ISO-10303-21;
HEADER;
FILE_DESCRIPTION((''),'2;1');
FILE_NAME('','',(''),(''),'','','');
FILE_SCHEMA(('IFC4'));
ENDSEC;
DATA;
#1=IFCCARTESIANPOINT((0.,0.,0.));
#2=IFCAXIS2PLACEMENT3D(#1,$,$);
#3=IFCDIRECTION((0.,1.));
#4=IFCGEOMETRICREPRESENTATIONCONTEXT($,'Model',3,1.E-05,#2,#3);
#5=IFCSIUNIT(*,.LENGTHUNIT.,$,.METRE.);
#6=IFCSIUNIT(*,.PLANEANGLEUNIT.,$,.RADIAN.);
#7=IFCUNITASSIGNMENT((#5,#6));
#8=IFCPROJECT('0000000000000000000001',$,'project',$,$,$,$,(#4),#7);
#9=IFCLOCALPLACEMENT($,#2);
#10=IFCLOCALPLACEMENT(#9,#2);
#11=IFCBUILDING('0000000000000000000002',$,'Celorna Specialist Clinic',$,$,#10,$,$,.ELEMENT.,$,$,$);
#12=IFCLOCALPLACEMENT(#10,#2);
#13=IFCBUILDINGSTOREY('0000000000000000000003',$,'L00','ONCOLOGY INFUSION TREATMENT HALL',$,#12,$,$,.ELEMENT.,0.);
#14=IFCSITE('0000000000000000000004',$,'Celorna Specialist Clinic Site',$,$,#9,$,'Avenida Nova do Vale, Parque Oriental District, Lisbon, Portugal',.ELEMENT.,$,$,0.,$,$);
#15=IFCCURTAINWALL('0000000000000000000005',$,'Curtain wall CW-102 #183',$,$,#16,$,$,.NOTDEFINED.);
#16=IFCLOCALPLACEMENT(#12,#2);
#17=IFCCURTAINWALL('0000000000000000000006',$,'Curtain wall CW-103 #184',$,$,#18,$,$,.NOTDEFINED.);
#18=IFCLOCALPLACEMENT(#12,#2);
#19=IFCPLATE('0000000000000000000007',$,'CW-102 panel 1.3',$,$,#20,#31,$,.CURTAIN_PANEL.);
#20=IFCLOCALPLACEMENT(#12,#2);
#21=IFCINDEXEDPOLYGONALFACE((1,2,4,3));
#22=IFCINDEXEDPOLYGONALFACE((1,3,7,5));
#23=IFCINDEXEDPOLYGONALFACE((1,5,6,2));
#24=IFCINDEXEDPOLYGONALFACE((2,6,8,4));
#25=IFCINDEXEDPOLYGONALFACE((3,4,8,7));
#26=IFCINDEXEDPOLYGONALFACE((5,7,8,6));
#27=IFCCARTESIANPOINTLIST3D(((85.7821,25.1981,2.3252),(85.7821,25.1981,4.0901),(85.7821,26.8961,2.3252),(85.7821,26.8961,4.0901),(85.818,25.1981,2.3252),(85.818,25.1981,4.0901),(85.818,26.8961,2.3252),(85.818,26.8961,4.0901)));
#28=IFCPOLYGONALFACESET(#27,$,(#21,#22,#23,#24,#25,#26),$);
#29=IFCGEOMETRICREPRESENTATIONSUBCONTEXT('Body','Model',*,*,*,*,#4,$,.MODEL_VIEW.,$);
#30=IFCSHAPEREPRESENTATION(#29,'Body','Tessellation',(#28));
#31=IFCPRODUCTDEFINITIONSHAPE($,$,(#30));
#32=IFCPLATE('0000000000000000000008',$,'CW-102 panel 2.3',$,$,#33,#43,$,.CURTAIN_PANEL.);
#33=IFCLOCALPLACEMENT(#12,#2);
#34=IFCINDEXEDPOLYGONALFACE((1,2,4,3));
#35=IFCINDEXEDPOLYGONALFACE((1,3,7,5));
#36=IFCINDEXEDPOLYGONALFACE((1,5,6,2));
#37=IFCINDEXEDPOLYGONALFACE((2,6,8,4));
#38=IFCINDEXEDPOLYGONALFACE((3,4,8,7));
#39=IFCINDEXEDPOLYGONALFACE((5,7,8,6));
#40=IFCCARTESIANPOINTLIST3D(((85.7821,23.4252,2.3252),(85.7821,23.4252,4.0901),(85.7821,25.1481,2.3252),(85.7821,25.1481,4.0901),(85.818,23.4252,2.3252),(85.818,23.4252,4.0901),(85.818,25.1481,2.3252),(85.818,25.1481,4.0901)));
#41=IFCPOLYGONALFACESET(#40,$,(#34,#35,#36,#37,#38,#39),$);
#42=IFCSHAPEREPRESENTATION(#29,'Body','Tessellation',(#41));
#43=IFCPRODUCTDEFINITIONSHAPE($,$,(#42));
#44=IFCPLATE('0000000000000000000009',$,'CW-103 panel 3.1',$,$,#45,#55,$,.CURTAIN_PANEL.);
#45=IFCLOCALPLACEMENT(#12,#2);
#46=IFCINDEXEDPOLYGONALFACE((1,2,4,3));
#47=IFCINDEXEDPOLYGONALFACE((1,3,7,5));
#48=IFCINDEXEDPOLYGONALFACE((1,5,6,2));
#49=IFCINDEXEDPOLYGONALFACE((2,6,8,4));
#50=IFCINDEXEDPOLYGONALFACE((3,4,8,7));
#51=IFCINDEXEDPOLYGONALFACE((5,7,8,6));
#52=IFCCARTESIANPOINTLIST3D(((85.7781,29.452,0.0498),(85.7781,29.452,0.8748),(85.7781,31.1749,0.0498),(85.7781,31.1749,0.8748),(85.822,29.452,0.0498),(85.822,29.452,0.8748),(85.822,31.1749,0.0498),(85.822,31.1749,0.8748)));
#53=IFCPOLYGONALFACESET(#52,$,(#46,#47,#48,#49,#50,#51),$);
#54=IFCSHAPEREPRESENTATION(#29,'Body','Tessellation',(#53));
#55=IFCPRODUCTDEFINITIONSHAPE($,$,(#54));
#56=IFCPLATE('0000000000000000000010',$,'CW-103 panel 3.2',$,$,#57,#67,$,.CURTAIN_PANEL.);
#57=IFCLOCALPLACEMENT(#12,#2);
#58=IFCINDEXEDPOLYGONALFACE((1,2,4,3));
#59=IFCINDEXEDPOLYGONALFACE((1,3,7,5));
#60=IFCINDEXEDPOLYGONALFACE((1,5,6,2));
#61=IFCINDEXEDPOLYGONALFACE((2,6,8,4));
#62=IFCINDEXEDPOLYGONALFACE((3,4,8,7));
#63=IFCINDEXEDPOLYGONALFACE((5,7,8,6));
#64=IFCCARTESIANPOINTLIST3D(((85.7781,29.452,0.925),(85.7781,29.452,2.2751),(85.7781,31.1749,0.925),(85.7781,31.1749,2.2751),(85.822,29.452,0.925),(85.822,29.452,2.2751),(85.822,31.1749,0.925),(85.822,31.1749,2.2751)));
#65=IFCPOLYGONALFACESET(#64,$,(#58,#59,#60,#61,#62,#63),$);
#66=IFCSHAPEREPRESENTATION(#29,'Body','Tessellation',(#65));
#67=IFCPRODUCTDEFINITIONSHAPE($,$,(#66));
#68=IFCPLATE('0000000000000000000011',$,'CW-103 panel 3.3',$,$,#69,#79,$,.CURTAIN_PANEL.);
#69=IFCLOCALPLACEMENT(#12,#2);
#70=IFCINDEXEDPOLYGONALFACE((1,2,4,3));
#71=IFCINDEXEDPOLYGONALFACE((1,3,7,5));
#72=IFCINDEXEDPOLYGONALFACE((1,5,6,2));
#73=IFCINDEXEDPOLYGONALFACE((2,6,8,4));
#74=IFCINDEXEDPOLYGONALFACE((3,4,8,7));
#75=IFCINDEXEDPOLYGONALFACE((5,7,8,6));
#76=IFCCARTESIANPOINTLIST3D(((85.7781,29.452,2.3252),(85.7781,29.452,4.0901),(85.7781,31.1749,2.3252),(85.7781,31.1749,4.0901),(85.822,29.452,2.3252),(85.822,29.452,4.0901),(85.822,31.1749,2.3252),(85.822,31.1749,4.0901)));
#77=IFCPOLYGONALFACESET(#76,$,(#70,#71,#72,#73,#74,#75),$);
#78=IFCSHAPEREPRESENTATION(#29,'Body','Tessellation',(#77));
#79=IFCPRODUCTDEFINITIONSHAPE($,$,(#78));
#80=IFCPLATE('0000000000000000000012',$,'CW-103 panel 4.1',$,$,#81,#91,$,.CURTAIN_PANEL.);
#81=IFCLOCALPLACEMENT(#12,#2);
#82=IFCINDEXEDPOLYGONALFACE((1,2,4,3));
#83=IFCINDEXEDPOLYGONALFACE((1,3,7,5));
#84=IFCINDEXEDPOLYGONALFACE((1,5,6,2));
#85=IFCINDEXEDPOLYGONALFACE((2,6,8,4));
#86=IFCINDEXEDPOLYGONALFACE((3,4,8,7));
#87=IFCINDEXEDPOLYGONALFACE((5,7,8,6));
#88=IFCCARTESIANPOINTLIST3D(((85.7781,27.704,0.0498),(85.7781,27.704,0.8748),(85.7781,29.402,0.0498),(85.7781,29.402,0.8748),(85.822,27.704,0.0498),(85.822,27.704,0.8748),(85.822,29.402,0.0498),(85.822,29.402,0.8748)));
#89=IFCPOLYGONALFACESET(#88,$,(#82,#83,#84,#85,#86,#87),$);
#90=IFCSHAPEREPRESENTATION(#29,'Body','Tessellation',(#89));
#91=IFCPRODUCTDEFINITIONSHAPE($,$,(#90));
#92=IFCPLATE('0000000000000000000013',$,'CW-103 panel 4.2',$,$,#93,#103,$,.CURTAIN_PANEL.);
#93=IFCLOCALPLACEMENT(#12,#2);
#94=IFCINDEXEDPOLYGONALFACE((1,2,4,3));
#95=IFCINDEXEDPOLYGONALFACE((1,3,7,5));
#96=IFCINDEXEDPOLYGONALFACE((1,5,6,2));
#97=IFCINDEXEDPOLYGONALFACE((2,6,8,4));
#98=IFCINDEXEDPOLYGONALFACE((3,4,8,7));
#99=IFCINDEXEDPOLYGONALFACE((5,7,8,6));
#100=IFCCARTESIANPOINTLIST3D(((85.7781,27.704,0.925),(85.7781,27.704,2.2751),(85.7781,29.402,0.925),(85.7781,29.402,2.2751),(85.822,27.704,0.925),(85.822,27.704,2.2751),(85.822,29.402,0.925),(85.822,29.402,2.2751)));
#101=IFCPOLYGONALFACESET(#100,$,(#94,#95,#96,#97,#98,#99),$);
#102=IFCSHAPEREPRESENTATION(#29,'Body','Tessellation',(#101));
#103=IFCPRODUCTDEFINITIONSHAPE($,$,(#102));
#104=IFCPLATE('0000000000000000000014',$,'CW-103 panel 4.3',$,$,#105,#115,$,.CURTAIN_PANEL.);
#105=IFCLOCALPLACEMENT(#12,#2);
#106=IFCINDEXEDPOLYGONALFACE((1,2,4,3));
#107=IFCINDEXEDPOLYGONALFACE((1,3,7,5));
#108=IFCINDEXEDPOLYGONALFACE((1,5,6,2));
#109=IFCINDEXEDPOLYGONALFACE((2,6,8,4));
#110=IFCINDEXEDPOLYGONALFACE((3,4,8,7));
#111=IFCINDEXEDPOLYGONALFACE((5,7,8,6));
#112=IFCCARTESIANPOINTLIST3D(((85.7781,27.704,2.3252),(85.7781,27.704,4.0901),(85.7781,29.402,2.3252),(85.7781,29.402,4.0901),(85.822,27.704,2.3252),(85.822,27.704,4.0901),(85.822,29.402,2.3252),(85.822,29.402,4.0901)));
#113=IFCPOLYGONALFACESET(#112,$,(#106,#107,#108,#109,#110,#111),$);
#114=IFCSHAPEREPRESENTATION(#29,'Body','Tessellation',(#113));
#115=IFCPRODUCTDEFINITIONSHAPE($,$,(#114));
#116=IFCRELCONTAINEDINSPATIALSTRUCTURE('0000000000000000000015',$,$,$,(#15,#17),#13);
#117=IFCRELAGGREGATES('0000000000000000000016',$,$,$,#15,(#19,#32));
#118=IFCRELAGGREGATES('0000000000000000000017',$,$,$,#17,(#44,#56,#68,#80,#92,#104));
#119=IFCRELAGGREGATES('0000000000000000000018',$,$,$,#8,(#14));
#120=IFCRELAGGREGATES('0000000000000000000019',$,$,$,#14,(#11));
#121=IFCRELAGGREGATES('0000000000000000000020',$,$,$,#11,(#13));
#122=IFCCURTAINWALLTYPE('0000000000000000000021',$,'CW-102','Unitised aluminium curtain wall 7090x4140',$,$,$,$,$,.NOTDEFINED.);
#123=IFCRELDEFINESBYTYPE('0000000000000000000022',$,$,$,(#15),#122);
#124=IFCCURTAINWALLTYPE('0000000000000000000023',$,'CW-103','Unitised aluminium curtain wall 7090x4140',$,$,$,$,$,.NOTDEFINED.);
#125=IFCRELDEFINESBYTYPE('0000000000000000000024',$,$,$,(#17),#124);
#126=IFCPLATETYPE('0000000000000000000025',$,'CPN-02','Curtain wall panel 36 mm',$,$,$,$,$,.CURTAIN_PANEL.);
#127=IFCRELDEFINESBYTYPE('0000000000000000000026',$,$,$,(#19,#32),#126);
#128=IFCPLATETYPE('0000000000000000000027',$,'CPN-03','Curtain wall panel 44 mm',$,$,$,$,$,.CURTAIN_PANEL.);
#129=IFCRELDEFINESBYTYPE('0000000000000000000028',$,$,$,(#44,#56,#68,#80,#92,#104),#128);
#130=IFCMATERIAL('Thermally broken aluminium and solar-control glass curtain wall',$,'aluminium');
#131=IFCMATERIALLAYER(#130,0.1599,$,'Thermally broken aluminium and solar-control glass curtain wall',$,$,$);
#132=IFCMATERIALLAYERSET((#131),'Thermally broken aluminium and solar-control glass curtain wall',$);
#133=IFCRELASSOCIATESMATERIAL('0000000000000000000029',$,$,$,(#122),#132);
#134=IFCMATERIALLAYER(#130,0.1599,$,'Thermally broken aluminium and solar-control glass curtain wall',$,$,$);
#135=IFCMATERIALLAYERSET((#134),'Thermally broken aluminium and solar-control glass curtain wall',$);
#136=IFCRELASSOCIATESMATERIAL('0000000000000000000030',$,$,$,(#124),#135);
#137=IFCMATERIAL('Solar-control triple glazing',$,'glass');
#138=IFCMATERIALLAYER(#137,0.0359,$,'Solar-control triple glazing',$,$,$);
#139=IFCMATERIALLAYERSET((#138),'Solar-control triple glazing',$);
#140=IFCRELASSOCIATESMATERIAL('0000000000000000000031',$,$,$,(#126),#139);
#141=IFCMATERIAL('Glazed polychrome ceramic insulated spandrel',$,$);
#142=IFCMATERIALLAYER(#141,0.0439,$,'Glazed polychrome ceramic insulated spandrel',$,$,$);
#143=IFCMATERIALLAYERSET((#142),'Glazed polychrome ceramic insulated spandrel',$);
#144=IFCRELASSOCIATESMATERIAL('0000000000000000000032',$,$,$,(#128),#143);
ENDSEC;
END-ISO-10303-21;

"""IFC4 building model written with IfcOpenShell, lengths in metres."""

from ifc_helpers import new_model, si_unit, direction, frame, origin, origin_2d, place, context, subcontext, project, spatial, rectangle, extrude, material, layer, layer_set, type_object, element, aggregate, save


model = new_model("IFC4")

# Units and contexts
model_context = context("Model", 3, precision=1e-05, world=origin(), true_north=direction((0.0, 1.0)))
body_context = subcontext(model_context, "Body", "Model", "MODEL_VIEW")
ifc_project = project(units=[si_unit("LENGTHUNIT", "METRE"), si_unit("PLANEANGLEUNIT", "RADIAN")], contexts=[model_context])

# Site, building, storey
site_placement = place(None, origin())
site = spatial("IfcSite", under=ifc_project, at=site_placement, Name="Celorna Specialist Clinic Site", LongName="Avenida Nova do Vale, Parque Oriental District, Lisbon, Portugal", CompositionType="ELEMENT", RefElevation=0.0)
building_placement = place(site_placement, origin())
building = spatial("IfcBuilding", under=site, at=building_placement, Name="Celorna Specialist Clinic", CompositionType="ELEMENT")
storey_placement = place(building_placement, origin())
storey = spatial("IfcBuildingStorey", under=building, at=storey_placement, Name="L00", Description="ONCOLOGY INFUSION TREATMENT HALL", CompositionType="ELEMENT", Elevation=0.0)

# Curtain walls
ifc_material_1 = material(Name="Thermally broken aluminium and solar-control glass curtain wall", Category="aluminium")
ifc_layer_1 = layer(ifc_material_1, 0.1599, Name="Thermally broken aluminium and solar-control glass curtain wall")
ifc_layer_set_1 = layer_set([ifc_layer_1], Name="Thermally broken aluminium and solar-control glass curtain wall")
curtain_wall_type_1 = type_object("IfcCurtainWallType", Name="CW-102", Description="Unitised aluminium curtain wall 7090x4140", PredefinedType="NOTDEFINED", material=ifc_layer_set_1)
curtain_wall_1_placement = place(storey_placement, origin())
curtain_wall_1 = element("IfcCurtainWall", 1, at=curtain_wall_1_placement, inside=storey, type_object=curtain_wall_type_1, Name="Curtain wall CW-102 #183", PredefinedType="NOTDEFINED")
ifc_layer_2 = layer(ifc_material_1, 0.1599, Name="Thermally broken aluminium and solar-control glass curtain wall")
ifc_layer_set_2 = layer_set([ifc_layer_2], Name="Thermally broken aluminium and solar-control glass curtain wall")
curtain_wall_type_2 = type_object("IfcCurtainWallType", Name="CW-103", Description="Unitised aluminium curtain wall 7090x4140", PredefinedType="NOTDEFINED", material=ifc_layer_set_2)
curtain_wall_2_placement = place(storey_placement, origin())
curtain_wall_2 = element("IfcCurtainWall", 2, at=curtain_wall_2_placement, inside=storey, type_object=curtain_wall_type_2, Name="Curtain wall CW-103 #184", PredefinedType="NOTDEFINED")

# Plates
ifc_material_2 = material(Name="Solar-control triple glazing", Category="glass")
ifc_layer_3 = layer(ifc_material_2, 0.0359, Name="Solar-control triple glazing")
ifc_layer_set_3 = layer_set([ifc_layer_3], Name="Solar-control triple glazing")
plate_type_1 = type_object("IfcPlateType", Name="CPN-02", Description="Curtain wall panel 36 mm", PredefinedType="CURTAIN_PANEL", material=ifc_layer_set_3)
plate_1_placement = place(storey_placement, frame((85.8, 26.0471, 2.3252), z_axis=(0.0, 0.0, 1.0), x_axis=(0.0, -1.0, 0.0)))
plate_1 = element("IfcPlate", 3, at=plate_1_placement, type_object=plate_type_1, Name="CW-102 panel 1.3", PredefinedType="CURTAIN_PANEL", context=body_context, shape_type="SweptSolid", body=[
    extrude(rectangle(XDim=1.698, YDim=0.0359, at=origin_2d()), origin(), (0.0, 0.0, 1.0), 1.7649),
])
plate_2_placement = place(storey_placement, frame((85.8, 24.2866, 2.3252), z_axis=(0.0, 0.0, 1.0), x_axis=(0.0, -1.0, 0.0)))
plate_2 = element("IfcPlate", 4, at=plate_2_placement, type_object=plate_type_1, Name="CW-102 panel 2.3", PredefinedType="CURTAIN_PANEL", context=body_context, shape_type="SweptSolid", body=[
    extrude(rectangle(XDim=1.7229, YDim=0.0359, at=origin_2d()), origin(), (0.0, 0.0, 1.0), 1.7649),
])
aggregate(curtain_wall_1, [plate_1, plate_2])
ifc_material_3 = material(Name="Glazed polychrome ceramic insulated spandrel")
ifc_layer_4 = layer(ifc_material_3, 0.0439, Name="Glazed polychrome ceramic insulated spandrel")
ifc_layer_set_4 = layer_set([ifc_layer_4], Name="Glazed polychrome ceramic insulated spandrel")
plate_type_2 = type_object("IfcPlateType", Name="CPN-03", Description="Curtain wall panel 44 mm", PredefinedType="CURTAIN_PANEL", material=ifc_layer_set_4)
plate_3_placement = place(storey_placement, frame((85.8, 30.3135, 0.0498), z_axis=(0.0, 0.0, 1.0), x_axis=(0.0, -1.0, 0.0)))
plate_3 = element("IfcPlate", 5, at=plate_3_placement, type_object=plate_type_2, Name="CW-103 panel 3.1", PredefinedType="CURTAIN_PANEL", context=body_context, shape_type="SweptSolid", body=[
    extrude(rectangle(XDim=1.7229, YDim=0.0439, at=origin_2d()), origin(), (0.0, 0.0, 1.0), 0.825),
])
plate_4_placement = place(storey_placement, frame((85.8, 30.3135, 0.925), z_axis=(0.0, 0.0, 1.0), x_axis=(0.0, -1.0, 0.0)))
plate_4 = element("IfcPlate", 6, at=plate_4_placement, type_object=plate_type_2, Name="CW-103 panel 3.2", PredefinedType="CURTAIN_PANEL", context=body_context, shape_type="SweptSolid", body=[
    extrude(rectangle(XDim=1.7229, YDim=0.0439, at=origin_2d()), origin(), (0.0, 0.0, 1.0), 1.3501),
])
plate_5_placement = place(storey_placement, frame((85.8, 30.3135, 2.3252), z_axis=(0.0, 0.0, 1.0), x_axis=(0.0, -1.0, 0.0)))
plate_5 = element("IfcPlate", 7, at=plate_5_placement, type_object=plate_type_2, Name="CW-103 panel 3.3", PredefinedType="CURTAIN_PANEL", context=body_context, shape_type="SweptSolid", body=[
    extrude(rectangle(XDim=1.7229, YDim=0.0439, at=origin_2d()), origin(), (0.0, 0.0, 1.0), 1.7649),
])
plate_6_placement = place(storey_placement, frame((85.8, 28.553, 0.0498), z_axis=(0.0, 0.0, 1.0), x_axis=(0.0, -1.0, 0.0)))
plate_6 = element("IfcPlate", 8, at=plate_6_placement, type_object=plate_type_2, Name="CW-103 panel 4.1", PredefinedType="CURTAIN_PANEL", context=body_context, shape_type="SweptSolid", body=[
    extrude(rectangle(XDim=1.698, YDim=0.0439, at=origin_2d()), origin(), (0.0, 0.0, 1.0), 0.825),
])
plate_7_placement = place(storey_placement, frame((85.8, 28.553, 0.925), z_axis=(0.0, 0.0, 1.0), x_axis=(0.0, -1.0, 0.0)))
plate_7 = element("IfcPlate", 9, at=plate_7_placement, type_object=plate_type_2, Name="CW-103 panel 4.2", PredefinedType="CURTAIN_PANEL", context=body_context, shape_type="SweptSolid", body=[
    extrude(rectangle(XDim=1.698, YDim=0.0439, at=origin_2d()), origin(), (0.0, 0.0, 1.0), 1.3501),
])
plate_8_placement = place(storey_placement, frame((85.8, 28.553, 2.3252), z_axis=(0.0, 0.0, 1.0), x_axis=(0.0, -1.0, 0.0)))
plate_8 = element("IfcPlate", 10, at=plate_8_placement, type_object=plate_type_2, Name="CW-103 panel 4.3", PredefinedType="CURTAIN_PANEL", context=body_context, shape_type="SweptSolid", body=[
    extrude(rectangle(XDim=1.698, YDim=0.0439, at=origin_2d()), origin(), (0.0, 0.0, 1.0), 1.7649),
])
aggregate(curtain_wall_2, [plate_3, plate_4, plate_5, plate_6, plate_7, plate_8])

save(model, "model.ifc")
